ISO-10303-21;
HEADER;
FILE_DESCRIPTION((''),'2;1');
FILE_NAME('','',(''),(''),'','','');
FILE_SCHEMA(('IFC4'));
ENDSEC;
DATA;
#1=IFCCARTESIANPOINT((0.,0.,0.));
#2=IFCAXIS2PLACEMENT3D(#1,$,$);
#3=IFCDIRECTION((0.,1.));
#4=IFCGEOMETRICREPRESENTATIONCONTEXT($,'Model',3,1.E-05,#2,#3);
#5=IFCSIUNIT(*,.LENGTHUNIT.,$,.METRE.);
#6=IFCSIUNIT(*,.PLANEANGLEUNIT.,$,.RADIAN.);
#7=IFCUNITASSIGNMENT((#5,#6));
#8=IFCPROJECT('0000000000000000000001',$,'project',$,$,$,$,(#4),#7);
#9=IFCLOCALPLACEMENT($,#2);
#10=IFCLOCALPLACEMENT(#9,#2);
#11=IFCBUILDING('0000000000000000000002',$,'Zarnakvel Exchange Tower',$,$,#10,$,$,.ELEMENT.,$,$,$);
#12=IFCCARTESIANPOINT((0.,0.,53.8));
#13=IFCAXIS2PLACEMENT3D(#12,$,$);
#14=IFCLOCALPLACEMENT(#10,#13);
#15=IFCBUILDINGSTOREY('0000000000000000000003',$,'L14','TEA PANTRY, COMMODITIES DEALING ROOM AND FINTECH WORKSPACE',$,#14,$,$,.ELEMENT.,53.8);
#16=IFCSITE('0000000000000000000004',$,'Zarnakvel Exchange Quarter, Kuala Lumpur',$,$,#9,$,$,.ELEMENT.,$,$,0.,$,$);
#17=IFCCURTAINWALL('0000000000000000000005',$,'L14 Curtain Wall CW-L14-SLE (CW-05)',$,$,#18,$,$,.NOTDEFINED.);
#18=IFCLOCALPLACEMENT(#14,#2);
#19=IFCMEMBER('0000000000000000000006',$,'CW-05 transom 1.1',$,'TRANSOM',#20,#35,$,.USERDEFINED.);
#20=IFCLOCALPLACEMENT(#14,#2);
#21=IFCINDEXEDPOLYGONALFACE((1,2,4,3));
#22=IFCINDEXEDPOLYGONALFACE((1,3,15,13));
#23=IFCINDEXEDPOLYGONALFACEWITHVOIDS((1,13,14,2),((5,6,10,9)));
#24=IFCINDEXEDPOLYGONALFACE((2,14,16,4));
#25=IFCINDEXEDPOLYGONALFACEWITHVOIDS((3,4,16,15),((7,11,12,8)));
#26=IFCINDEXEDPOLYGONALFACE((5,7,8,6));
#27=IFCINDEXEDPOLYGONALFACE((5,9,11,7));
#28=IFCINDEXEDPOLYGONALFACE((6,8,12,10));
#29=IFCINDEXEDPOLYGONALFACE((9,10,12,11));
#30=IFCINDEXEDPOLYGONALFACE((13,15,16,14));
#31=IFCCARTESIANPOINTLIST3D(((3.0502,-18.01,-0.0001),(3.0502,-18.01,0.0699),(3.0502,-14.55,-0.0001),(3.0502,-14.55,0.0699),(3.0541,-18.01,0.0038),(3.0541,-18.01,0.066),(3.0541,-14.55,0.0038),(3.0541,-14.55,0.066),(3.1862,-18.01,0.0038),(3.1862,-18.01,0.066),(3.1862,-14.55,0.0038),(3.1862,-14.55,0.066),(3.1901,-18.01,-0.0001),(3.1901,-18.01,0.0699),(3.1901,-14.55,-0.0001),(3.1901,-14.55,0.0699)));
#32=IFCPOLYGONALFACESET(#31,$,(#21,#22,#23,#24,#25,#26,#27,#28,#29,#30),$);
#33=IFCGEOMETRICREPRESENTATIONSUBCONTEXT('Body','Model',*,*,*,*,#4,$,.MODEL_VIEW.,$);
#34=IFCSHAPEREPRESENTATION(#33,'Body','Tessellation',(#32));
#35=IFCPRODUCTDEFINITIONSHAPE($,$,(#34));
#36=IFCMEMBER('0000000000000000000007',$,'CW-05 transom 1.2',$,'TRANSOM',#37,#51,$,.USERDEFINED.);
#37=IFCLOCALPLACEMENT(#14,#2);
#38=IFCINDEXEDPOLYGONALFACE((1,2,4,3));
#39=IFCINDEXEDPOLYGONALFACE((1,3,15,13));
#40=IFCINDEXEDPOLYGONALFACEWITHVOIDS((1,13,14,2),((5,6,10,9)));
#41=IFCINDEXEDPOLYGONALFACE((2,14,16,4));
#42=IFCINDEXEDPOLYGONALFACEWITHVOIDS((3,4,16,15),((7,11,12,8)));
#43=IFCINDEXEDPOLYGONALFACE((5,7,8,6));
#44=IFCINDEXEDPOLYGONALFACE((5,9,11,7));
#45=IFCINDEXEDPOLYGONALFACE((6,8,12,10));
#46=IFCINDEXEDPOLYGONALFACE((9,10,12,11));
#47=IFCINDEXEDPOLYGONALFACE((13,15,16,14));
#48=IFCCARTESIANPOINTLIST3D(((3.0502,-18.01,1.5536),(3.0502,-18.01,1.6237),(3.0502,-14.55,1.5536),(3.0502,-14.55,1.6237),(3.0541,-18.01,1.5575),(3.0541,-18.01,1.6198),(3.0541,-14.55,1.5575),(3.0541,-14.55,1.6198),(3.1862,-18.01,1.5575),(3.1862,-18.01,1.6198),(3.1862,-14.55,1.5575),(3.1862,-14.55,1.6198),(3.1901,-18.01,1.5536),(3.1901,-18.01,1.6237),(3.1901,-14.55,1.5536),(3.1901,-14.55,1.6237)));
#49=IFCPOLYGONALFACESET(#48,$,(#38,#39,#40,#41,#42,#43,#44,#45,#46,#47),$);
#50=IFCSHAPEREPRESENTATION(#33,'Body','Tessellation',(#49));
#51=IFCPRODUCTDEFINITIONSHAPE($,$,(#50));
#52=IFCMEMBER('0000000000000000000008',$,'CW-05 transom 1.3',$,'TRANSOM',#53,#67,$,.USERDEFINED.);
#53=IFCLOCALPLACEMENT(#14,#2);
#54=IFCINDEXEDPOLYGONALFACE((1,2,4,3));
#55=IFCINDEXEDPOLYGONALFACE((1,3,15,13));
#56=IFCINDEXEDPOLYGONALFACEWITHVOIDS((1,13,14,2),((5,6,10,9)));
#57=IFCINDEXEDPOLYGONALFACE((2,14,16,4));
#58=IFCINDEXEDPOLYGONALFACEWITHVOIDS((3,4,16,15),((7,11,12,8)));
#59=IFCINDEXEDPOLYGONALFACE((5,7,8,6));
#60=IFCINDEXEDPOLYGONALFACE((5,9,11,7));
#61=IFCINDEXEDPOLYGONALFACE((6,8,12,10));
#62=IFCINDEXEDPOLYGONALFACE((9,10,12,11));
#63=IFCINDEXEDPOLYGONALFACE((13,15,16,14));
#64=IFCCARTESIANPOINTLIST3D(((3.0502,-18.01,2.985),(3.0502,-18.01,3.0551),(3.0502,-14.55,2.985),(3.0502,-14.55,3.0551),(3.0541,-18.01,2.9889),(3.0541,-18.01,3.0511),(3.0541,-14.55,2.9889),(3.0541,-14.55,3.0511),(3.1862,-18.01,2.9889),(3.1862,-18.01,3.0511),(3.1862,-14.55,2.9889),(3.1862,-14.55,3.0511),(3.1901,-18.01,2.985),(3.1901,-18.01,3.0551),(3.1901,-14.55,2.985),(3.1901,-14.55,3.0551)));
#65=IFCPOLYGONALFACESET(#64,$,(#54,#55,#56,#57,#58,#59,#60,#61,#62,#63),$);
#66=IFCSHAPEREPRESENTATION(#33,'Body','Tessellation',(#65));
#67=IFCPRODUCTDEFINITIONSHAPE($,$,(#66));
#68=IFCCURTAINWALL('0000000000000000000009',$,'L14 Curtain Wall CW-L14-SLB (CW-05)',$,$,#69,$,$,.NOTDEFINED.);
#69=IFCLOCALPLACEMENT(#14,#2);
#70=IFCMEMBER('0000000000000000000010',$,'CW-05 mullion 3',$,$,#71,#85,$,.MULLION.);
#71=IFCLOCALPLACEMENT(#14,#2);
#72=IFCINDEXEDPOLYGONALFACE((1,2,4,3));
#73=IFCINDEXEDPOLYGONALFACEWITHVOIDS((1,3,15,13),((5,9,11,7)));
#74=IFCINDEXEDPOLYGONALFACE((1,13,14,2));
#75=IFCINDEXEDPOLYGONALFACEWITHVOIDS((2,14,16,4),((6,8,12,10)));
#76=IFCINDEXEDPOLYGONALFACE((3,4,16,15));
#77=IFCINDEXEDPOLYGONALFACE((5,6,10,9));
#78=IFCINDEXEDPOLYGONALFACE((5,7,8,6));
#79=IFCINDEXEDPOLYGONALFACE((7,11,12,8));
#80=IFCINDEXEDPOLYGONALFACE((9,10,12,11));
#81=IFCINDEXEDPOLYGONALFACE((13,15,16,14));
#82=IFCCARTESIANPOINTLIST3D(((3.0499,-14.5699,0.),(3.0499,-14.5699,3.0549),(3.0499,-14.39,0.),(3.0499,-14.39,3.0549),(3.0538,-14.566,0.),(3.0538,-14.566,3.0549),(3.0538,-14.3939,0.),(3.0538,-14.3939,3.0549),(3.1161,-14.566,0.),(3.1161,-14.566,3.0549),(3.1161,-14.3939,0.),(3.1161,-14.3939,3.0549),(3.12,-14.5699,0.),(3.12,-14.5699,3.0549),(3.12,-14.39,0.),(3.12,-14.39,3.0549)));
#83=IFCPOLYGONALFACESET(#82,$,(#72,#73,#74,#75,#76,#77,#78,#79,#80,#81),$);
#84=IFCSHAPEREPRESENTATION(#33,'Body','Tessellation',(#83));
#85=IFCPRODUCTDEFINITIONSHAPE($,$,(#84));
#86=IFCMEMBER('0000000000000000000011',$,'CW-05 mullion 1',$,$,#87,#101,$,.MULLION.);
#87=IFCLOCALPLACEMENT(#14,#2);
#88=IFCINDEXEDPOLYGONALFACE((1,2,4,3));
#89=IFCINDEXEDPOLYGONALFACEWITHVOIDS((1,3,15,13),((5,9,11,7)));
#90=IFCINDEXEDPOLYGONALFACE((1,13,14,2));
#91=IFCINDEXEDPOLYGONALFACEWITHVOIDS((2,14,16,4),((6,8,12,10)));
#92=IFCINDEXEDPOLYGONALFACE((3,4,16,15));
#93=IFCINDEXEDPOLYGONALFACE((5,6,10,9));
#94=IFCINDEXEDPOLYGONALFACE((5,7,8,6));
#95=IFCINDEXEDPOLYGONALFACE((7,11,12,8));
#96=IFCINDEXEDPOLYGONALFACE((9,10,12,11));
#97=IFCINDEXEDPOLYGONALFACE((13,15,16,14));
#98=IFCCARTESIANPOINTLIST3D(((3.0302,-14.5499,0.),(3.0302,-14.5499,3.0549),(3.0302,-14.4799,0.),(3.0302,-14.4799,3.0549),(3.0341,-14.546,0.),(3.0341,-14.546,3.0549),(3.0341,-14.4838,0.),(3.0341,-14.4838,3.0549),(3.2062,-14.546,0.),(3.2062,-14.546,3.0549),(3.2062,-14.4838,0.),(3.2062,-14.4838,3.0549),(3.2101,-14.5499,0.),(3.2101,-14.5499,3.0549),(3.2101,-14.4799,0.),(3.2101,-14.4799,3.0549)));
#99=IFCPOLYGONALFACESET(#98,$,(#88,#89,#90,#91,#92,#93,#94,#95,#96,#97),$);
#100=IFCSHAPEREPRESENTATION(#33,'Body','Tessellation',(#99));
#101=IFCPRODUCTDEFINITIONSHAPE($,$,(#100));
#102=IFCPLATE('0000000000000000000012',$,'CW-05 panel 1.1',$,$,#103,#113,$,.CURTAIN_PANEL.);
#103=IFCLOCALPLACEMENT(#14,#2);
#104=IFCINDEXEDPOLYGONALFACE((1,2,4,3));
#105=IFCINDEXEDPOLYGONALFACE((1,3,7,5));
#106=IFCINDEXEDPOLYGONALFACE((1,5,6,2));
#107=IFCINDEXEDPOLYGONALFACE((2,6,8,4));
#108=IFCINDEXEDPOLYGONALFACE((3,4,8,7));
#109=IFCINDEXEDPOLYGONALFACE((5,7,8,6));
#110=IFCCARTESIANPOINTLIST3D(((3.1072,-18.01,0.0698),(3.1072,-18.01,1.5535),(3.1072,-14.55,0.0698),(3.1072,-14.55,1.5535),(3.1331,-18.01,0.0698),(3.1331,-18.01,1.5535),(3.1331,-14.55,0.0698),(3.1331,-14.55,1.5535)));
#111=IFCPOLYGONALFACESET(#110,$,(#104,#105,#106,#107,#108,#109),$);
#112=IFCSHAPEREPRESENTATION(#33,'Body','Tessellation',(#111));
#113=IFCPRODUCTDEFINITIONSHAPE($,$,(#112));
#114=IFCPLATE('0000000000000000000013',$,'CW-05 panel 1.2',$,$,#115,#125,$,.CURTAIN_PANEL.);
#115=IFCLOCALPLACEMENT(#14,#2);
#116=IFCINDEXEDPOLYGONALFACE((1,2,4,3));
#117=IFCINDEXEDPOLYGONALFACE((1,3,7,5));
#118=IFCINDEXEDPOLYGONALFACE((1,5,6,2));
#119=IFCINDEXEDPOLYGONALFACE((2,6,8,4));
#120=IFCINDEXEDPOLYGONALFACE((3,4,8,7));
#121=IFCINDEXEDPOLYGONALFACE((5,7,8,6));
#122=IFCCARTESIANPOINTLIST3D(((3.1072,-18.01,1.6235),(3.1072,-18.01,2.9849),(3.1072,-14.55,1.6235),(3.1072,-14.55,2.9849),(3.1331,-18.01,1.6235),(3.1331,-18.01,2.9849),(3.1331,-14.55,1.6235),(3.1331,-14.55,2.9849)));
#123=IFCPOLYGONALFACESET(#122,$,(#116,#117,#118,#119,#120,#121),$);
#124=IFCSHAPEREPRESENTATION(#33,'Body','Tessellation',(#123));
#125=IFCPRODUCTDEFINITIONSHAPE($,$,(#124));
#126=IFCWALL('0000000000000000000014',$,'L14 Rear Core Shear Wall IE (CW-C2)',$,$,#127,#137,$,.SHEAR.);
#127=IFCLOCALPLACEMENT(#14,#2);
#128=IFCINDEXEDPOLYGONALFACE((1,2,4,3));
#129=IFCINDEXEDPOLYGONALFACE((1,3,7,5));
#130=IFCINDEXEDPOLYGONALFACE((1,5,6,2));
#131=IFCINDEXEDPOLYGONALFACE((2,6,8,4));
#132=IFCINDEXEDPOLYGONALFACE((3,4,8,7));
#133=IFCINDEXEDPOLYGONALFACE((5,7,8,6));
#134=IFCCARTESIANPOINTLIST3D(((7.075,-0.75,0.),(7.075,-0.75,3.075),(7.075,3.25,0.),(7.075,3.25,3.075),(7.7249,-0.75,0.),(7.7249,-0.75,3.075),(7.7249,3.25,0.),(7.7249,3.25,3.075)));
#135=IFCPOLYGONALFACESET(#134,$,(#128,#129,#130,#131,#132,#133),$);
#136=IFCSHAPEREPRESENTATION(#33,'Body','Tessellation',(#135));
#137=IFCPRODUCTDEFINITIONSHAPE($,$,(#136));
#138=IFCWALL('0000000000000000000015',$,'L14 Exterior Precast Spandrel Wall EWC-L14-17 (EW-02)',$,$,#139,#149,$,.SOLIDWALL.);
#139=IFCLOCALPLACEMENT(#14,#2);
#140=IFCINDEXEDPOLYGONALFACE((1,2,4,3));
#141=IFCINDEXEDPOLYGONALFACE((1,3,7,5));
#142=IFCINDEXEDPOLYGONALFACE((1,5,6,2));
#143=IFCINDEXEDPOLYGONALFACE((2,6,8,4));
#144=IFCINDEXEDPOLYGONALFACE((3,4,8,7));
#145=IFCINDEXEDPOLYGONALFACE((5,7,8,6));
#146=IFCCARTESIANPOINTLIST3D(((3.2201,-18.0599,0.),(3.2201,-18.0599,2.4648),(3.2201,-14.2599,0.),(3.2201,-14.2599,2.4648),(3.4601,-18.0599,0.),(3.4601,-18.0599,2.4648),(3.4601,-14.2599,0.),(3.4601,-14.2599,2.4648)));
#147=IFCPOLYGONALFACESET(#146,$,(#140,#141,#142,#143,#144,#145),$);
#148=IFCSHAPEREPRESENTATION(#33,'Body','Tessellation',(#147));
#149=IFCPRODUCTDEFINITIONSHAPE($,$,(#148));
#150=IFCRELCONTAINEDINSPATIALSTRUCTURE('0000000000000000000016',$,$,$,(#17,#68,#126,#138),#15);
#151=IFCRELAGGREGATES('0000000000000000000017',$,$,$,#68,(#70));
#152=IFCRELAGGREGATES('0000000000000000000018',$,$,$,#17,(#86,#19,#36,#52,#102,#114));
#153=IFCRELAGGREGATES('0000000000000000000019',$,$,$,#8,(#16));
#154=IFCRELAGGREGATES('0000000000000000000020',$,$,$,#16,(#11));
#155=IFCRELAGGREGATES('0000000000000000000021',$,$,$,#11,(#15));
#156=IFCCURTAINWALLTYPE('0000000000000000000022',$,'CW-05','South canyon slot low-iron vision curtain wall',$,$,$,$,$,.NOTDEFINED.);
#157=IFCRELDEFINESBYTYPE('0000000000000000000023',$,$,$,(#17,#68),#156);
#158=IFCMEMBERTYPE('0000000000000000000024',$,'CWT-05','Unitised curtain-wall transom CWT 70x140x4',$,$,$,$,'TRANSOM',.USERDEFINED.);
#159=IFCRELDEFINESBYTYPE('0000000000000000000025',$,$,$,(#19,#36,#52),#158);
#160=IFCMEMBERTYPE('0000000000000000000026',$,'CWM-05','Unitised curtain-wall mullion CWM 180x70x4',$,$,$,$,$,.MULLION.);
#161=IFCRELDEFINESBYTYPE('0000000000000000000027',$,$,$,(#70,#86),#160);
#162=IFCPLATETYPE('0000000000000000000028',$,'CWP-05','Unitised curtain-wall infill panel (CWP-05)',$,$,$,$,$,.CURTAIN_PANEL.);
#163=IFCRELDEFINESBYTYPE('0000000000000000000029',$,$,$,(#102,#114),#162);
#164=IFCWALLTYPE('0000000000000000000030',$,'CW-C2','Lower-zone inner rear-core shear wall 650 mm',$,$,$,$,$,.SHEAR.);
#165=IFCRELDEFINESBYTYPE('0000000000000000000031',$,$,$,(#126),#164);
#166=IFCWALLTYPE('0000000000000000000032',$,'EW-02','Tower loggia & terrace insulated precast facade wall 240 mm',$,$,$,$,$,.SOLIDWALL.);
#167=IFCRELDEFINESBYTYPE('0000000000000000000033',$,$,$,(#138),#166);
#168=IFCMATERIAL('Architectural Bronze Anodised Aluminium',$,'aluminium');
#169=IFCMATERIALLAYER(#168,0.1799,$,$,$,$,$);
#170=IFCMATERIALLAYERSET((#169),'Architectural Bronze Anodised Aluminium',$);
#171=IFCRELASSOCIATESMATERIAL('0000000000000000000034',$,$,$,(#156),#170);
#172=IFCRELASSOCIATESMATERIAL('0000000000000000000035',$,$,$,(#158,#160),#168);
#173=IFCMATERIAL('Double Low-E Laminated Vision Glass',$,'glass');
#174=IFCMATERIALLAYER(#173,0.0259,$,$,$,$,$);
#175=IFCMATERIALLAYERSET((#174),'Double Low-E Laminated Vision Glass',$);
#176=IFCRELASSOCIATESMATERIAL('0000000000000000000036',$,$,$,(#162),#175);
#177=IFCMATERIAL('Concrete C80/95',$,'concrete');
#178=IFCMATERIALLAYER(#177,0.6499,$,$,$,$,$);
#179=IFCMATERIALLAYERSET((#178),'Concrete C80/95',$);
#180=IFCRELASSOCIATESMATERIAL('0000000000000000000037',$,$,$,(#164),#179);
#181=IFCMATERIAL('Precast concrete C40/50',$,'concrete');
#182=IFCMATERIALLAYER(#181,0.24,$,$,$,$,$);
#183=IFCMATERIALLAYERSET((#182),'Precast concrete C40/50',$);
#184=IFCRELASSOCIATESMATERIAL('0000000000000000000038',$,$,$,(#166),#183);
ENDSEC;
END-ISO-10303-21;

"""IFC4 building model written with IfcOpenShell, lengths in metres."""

from ifc_helpers import new_model, si_unit, direction, frame, frame_2d, origin, origin_2d, place, context, subcontext, project, spatial, rectangle, hollow_rectangle, extrude, source, transform, mapped, material, layer, layer_set, material_profile, profile_set, type_object, element, aggregate, save


model = new_model("IFC4")

# Units and contexts
model_context = context("Model", 3, precision=1e-05, world=origin(), true_north=direction((0.0, 1.0)))
body_context = subcontext(model_context, "Body", "Model", "MODEL_VIEW")
ifc_project = project(units=[si_unit("LENGTHUNIT", "METRE"), si_unit("PLANEANGLEUNIT", "RADIAN")], contexts=[model_context])

# Site, building, storey
site_placement = place(None, origin())
site = spatial("IfcSite", under=ifc_project, at=site_placement, Name="Zarnakvel Exchange Quarter, Kuala Lumpur", CompositionType="ELEMENT", RefElevation=0.0)
building_placement = place(site_placement, origin())
building = spatial("IfcBuilding", under=site, at=building_placement, Name="Zarnakvel Exchange Tower", CompositionType="ELEMENT")
storey_placement = place(building_placement, frame((0.0, 0.0, 53.8)))
storey = spatial("IfcBuildingStorey", under=building, at=storey_placement, Name="L14", Description="TEA PANTRY, COMMODITIES DEALING ROOM AND FINTECH WORKSPACE", CompositionType="ELEMENT", Elevation=53.8)

# Shared definitions
ifc_material_1 = material(Name="Concrete C80/95", Category="concrete")

# Curtain wall, members
ifc_material_2 = material(Name="Architectural Bronze Anodised Aluminium", Category="aluminium")
ifc_layer_1 = layer(ifc_material_2, 0.1799)
ifc_layer_set_1 = layer_set([ifc_layer_1], Name="Architectural Bronze Anodised Aluminium")
curtain_wall_type = type_object("IfcCurtainWallType", Name="CW-05", Description="South canyon slot low-iron vision curtain wall", PredefinedType="NOTDEFINED", material=ifc_layer_set_1)
curtain_wall_1_placement = place(storey_placement, origin())
curtain_wall_1 = element("IfcCurtainWall", 1, at=curtain_wall_1_placement, inside=storey, type_object=curtain_wall_type, Name="L14 Curtain Wall CW-L14-SLE (CW-05)", PredefinedType="NOTDEFINED")
ifc_material_profile_1 = material_profile(ifc_material_2, hollow_rectangle(XDim=0.1399, YDim=0.0701, WallThickness=0.0039, at=origin_2d()))
ifc_profile_set_1 = profile_set([ifc_material_profile_1], Name="Architectural Bronze Anodised Aluminium")
member_type_1 = type_object("IfcMemberType", Name="CWT-05", Description="Unitised curtain-wall transom CWT 70x140x4", ElementType="TRANSOM", PredefinedType="USERDEFINED", material=ifc_profile_set_1)
shared_shape_1 = source(origin(), body_context, "Body", "SweptSolid", [
    extrude(hollow_rectangle(XDim=0.1399, YDim=0.0701, WallThickness=0.0039, at=origin_2d()), origin(), (0.0, 0.0, 1.0), 3.46),
])
member_1_placement = place(storey_placement, frame((3.1201, -14.55, 0.0349), z_axis=(0.0, -1.0, 0.0), x_axis=(1.0, 0.0, 0.0)))
member_1 = element("IfcMember", 2, at=member_1_placement, type_object=member_type_1, Name="CW-05 transom 1.1", ObjectType="TRANSOM", PredefinedType="USERDEFINED", context=body_context, shape_type="MappedRepresentation", body=[
    mapped(shared_shape_1, transform((0.0, 0.0, 0.0), x_axis=(1.0, 0.0, 0.0), y_axis=(0.0, 1.0, 0.0), z_axis=(0.0, 0.0, 1.0), scale=1.0)),
])
member_2_placement = place(storey_placement, frame((3.1201, -14.55, 1.5886), z_axis=(0.0, -1.0, 0.0), x_axis=(1.0, 0.0, 0.0)))
member_2 = element("IfcMember", 3, at=member_2_placement, type_object=member_type_1, Name="CW-05 transom 1.2", ObjectType="TRANSOM", PredefinedType="USERDEFINED", context=body_context, shape_type="MappedRepresentation", body=[
    mapped(shared_shape_1, transform((0.0, 0.0, 0.0), x_axis=(1.0, 0.0, 0.0), y_axis=(0.0, 1.0, 0.0), z_axis=(0.0, 0.0, 1.0), scale=1.0)),
])
member_3_placement = place(storey_placement, frame((3.1201, -14.55, 3.02), z_axis=(0.0, -1.0, 0.0), x_axis=(1.0, 0.0, 0.0)))
member_3 = element("IfcMember", 4, at=member_3_placement, type_object=member_type_1, Name="CW-05 transom 1.3", ObjectType="TRANSOM", PredefinedType="USERDEFINED", context=body_context, shape_type="MappedRepresentation", body=[
    mapped(shared_shape_1, transform((0.0, 0.0, 0.0), x_axis=(1.0, 0.0, 0.0), y_axis=(0.0, 1.0, 0.0), z_axis=(0.0, 0.0, 1.0), scale=1.0)),
])

# Curtain wall, member
curtain_wall_2_placement = place(storey_placement, origin())
curtain_wall_2 = element("IfcCurtainWall", 5, at=curtain_wall_2_placement, inside=storey, type_object=curtain_wall_type, Name="L14 Curtain Wall CW-L14-SLB (CW-05)", PredefinedType="NOTDEFINED")
ifc_material_profile_2 = material_profile(ifc_material_2, hollow_rectangle(XDim=0.1799, YDim=0.0701, WallThickness=0.0039, at=origin_2d()))
ifc_profile_set_2 = profile_set([ifc_material_profile_2], Name="Architectural Bronze Anodised Aluminium")
member_type_2 = type_object("IfcMemberType", Name="CWM-05", Description="Unitised curtain-wall mullion CWM 180x70x4", PredefinedType="MULLION", material=ifc_profile_set_2)
shared_shape_2 = source(origin(), body_context, "Body", "SweptSolid", [
    extrude(hollow_rectangle(XDim=0.1799, YDim=0.0701, WallThickness=0.0039, at=origin_2d()), origin(), (0.0, 0.0, 1.0), 3.0549),
])
member_4_placement = place(storey_placement, frame((3.085, -14.48, 0.0), z_axis=(0.0, 0.0, 1.0), x_axis=(0.0, 1.0, 0.0)))
member_4 = element("IfcMember", 6, at=member_4_placement, type_object=member_type_2, Name="CW-05 mullion 3", PredefinedType="MULLION", context=body_context, shape_type="MappedRepresentation", body=[
    mapped(shared_shape_2, transform((0.0, 0.0, 0.0), x_axis=(1.0, 0.0, 0.0), y_axis=(0.0, 1.0, 0.0), z_axis=(0.0, 0.0, 1.0), scale=1.0)),
])
aggregate(curtain_wall_2, [member_4])

# Member
member_5_placement = place(storey_placement, frame((3.1201, -14.5149, 0.0), z_axis=(0.0, 0.0, 1.0), x_axis=(1.0, 0.0, 0.0)))
member_5 = element("IfcMember", 7, at=member_5_placement, type_object=member_type_2, Name="CW-05 mullion 1", PredefinedType="MULLION", context=body_context, shape_type="MappedRepresentation", body=[
    mapped(shared_shape_2, transform((0.0, 0.0, 0.0), x_axis=(1.0, 0.0, 0.0), y_axis=(0.0, 1.0, 0.0), z_axis=(0.0, 0.0, 1.0), scale=1.0)),
])

# Plates
ifc_material_3 = material(Name="Double Low-E Laminated Vision Glass", Category="glass")
ifc_layer_2 = layer(ifc_material_3, 0.0259)
ifc_layer_set_2 = layer_set([ifc_layer_2], Name="Double Low-E Laminated Vision Glass")
plate_type = type_object("IfcPlateType", Name="CWP-05", Description="Unitised curtain-wall infill panel (CWP-05)", PredefinedType="CURTAIN_PANEL", material=ifc_layer_set_2)
shared_shape_3 = source(origin(), body_context, "Body", "SweptSolid", [
    extrude(rectangle(XDim=3.46, YDim=0.0259, at=origin_2d()), origin(), (0.0, 0.0, 1.0), 1.4836),
])
plate_1_placement = place(storey_placement, frame((3.1201, -16.28, 0.0698), z_axis=(0.0, 0.0, 1.0), x_axis=(0.0, -1.0, 0.0)))
plate_1 = element("IfcPlate", 8, at=plate_1_placement, type_object=plate_type, Name="CW-05 panel 1.1", PredefinedType="CURTAIN_PANEL", context=body_context, shape_type="MappedRepresentation", body=[
    mapped(shared_shape_3, transform((0.0, 0.0, 0.0), x_axis=(1.0, 0.0, 0.0), y_axis=(0.0, 1.0, 0.0), z_axis=(0.0, 0.0, 1.0), scale=1.0)),
])
shared_shape_4 = source(origin(), body_context, "Body", "SweptSolid", [
    extrude(rectangle(XDim=3.46, YDim=0.0259, at=origin_2d()), origin(), (0.0, 0.0, 1.0), 1.3613),
])
plate_2_placement = place(storey_placement, frame((3.1201, -16.28, 1.6235), z_axis=(0.0, 0.0, 1.0), x_axis=(0.0, -1.0, 0.0)))
plate_2 = element("IfcPlate", 9, at=plate_2_placement, type_object=plate_type, Name="CW-05 panel 1.2", PredefinedType="CURTAIN_PANEL", context=body_context, shape_type="MappedRepresentation", body=[
    mapped(shared_shape_4, transform((0.0, 0.0, 0.0), x_axis=(1.0, 0.0, 0.0), y_axis=(0.0, 1.0, 0.0), z_axis=(0.0, 0.0, 1.0), scale=1.0)),
])
aggregate(curtain_wall_1, [member_5, member_1, member_2, member_3, plate_1, plate_2])

# Walls
ifc_layer_3 = layer(ifc_material_1, 0.6499)
ifc_layer_set_3 = layer_set([ifc_layer_3], Name="Concrete C80/95")
wall_type_1 = type_object("IfcWallType", Name="CW-C2", Description="Lower-zone inner rear-core shear wall 650 mm", PredefinedType="SHEAR", material=ifc_layer_set_3)
wall_1_placement = place(storey_placement, frame((7.3999, -0.75, 0.0), z_axis=(0.0, 0.0, 1.0), x_axis=(0.0, 1.0, 0.0)))
element("IfcWall", 10, at=wall_1_placement, inside=storey, type_object=wall_type_1, Name="L14 Rear Core Shear Wall IE (CW-C2)", PredefinedType="SHEAR", context=body_context, shape_type="SweptSolid", body=[
    extrude(rectangle(XDim=4.0, YDim=0.6499, at=frame_2d((2.0, 0.0))), origin(), (0.0, 0.0, 1.0), 3.075),
])
ifc_material_4 = material(Name="Precast concrete C40/50", Category="concrete")
ifc_layer_4 = layer(ifc_material_4, 0.24)
ifc_layer_set_4 = layer_set([ifc_layer_4], Name="Precast concrete C40/50")
wall_type_2 = type_object("IfcWallType", Name="EW-02", Description="Tower loggia & terrace insulated precast facade wall 240 mm", PredefinedType="SOLIDWALL", material=ifc_layer_set_4)
wall_2_placement = place(storey_placement, frame((3.3401, -14.26, 0.0), z_axis=(0.0, 0.0, 1.0), x_axis=(0.0, -1.0, 0.0)))
element("IfcWall", 11, at=wall_2_placement, inside=storey, type_object=wall_type_2, Name="L14 Exterior Precast Spandrel Wall EWC-L14-17 (EW-02)", PredefinedType="SOLIDWALL", context=body_context, shape_type="SweptSolid", body=[
    extrude(rectangle(XDim=3.8, YDim=0.24, at=frame_2d((1.8999, 0.0))), origin(), (0.0, 0.0, 1.0), 2.4648),
])

save(model, "model.ifc")
